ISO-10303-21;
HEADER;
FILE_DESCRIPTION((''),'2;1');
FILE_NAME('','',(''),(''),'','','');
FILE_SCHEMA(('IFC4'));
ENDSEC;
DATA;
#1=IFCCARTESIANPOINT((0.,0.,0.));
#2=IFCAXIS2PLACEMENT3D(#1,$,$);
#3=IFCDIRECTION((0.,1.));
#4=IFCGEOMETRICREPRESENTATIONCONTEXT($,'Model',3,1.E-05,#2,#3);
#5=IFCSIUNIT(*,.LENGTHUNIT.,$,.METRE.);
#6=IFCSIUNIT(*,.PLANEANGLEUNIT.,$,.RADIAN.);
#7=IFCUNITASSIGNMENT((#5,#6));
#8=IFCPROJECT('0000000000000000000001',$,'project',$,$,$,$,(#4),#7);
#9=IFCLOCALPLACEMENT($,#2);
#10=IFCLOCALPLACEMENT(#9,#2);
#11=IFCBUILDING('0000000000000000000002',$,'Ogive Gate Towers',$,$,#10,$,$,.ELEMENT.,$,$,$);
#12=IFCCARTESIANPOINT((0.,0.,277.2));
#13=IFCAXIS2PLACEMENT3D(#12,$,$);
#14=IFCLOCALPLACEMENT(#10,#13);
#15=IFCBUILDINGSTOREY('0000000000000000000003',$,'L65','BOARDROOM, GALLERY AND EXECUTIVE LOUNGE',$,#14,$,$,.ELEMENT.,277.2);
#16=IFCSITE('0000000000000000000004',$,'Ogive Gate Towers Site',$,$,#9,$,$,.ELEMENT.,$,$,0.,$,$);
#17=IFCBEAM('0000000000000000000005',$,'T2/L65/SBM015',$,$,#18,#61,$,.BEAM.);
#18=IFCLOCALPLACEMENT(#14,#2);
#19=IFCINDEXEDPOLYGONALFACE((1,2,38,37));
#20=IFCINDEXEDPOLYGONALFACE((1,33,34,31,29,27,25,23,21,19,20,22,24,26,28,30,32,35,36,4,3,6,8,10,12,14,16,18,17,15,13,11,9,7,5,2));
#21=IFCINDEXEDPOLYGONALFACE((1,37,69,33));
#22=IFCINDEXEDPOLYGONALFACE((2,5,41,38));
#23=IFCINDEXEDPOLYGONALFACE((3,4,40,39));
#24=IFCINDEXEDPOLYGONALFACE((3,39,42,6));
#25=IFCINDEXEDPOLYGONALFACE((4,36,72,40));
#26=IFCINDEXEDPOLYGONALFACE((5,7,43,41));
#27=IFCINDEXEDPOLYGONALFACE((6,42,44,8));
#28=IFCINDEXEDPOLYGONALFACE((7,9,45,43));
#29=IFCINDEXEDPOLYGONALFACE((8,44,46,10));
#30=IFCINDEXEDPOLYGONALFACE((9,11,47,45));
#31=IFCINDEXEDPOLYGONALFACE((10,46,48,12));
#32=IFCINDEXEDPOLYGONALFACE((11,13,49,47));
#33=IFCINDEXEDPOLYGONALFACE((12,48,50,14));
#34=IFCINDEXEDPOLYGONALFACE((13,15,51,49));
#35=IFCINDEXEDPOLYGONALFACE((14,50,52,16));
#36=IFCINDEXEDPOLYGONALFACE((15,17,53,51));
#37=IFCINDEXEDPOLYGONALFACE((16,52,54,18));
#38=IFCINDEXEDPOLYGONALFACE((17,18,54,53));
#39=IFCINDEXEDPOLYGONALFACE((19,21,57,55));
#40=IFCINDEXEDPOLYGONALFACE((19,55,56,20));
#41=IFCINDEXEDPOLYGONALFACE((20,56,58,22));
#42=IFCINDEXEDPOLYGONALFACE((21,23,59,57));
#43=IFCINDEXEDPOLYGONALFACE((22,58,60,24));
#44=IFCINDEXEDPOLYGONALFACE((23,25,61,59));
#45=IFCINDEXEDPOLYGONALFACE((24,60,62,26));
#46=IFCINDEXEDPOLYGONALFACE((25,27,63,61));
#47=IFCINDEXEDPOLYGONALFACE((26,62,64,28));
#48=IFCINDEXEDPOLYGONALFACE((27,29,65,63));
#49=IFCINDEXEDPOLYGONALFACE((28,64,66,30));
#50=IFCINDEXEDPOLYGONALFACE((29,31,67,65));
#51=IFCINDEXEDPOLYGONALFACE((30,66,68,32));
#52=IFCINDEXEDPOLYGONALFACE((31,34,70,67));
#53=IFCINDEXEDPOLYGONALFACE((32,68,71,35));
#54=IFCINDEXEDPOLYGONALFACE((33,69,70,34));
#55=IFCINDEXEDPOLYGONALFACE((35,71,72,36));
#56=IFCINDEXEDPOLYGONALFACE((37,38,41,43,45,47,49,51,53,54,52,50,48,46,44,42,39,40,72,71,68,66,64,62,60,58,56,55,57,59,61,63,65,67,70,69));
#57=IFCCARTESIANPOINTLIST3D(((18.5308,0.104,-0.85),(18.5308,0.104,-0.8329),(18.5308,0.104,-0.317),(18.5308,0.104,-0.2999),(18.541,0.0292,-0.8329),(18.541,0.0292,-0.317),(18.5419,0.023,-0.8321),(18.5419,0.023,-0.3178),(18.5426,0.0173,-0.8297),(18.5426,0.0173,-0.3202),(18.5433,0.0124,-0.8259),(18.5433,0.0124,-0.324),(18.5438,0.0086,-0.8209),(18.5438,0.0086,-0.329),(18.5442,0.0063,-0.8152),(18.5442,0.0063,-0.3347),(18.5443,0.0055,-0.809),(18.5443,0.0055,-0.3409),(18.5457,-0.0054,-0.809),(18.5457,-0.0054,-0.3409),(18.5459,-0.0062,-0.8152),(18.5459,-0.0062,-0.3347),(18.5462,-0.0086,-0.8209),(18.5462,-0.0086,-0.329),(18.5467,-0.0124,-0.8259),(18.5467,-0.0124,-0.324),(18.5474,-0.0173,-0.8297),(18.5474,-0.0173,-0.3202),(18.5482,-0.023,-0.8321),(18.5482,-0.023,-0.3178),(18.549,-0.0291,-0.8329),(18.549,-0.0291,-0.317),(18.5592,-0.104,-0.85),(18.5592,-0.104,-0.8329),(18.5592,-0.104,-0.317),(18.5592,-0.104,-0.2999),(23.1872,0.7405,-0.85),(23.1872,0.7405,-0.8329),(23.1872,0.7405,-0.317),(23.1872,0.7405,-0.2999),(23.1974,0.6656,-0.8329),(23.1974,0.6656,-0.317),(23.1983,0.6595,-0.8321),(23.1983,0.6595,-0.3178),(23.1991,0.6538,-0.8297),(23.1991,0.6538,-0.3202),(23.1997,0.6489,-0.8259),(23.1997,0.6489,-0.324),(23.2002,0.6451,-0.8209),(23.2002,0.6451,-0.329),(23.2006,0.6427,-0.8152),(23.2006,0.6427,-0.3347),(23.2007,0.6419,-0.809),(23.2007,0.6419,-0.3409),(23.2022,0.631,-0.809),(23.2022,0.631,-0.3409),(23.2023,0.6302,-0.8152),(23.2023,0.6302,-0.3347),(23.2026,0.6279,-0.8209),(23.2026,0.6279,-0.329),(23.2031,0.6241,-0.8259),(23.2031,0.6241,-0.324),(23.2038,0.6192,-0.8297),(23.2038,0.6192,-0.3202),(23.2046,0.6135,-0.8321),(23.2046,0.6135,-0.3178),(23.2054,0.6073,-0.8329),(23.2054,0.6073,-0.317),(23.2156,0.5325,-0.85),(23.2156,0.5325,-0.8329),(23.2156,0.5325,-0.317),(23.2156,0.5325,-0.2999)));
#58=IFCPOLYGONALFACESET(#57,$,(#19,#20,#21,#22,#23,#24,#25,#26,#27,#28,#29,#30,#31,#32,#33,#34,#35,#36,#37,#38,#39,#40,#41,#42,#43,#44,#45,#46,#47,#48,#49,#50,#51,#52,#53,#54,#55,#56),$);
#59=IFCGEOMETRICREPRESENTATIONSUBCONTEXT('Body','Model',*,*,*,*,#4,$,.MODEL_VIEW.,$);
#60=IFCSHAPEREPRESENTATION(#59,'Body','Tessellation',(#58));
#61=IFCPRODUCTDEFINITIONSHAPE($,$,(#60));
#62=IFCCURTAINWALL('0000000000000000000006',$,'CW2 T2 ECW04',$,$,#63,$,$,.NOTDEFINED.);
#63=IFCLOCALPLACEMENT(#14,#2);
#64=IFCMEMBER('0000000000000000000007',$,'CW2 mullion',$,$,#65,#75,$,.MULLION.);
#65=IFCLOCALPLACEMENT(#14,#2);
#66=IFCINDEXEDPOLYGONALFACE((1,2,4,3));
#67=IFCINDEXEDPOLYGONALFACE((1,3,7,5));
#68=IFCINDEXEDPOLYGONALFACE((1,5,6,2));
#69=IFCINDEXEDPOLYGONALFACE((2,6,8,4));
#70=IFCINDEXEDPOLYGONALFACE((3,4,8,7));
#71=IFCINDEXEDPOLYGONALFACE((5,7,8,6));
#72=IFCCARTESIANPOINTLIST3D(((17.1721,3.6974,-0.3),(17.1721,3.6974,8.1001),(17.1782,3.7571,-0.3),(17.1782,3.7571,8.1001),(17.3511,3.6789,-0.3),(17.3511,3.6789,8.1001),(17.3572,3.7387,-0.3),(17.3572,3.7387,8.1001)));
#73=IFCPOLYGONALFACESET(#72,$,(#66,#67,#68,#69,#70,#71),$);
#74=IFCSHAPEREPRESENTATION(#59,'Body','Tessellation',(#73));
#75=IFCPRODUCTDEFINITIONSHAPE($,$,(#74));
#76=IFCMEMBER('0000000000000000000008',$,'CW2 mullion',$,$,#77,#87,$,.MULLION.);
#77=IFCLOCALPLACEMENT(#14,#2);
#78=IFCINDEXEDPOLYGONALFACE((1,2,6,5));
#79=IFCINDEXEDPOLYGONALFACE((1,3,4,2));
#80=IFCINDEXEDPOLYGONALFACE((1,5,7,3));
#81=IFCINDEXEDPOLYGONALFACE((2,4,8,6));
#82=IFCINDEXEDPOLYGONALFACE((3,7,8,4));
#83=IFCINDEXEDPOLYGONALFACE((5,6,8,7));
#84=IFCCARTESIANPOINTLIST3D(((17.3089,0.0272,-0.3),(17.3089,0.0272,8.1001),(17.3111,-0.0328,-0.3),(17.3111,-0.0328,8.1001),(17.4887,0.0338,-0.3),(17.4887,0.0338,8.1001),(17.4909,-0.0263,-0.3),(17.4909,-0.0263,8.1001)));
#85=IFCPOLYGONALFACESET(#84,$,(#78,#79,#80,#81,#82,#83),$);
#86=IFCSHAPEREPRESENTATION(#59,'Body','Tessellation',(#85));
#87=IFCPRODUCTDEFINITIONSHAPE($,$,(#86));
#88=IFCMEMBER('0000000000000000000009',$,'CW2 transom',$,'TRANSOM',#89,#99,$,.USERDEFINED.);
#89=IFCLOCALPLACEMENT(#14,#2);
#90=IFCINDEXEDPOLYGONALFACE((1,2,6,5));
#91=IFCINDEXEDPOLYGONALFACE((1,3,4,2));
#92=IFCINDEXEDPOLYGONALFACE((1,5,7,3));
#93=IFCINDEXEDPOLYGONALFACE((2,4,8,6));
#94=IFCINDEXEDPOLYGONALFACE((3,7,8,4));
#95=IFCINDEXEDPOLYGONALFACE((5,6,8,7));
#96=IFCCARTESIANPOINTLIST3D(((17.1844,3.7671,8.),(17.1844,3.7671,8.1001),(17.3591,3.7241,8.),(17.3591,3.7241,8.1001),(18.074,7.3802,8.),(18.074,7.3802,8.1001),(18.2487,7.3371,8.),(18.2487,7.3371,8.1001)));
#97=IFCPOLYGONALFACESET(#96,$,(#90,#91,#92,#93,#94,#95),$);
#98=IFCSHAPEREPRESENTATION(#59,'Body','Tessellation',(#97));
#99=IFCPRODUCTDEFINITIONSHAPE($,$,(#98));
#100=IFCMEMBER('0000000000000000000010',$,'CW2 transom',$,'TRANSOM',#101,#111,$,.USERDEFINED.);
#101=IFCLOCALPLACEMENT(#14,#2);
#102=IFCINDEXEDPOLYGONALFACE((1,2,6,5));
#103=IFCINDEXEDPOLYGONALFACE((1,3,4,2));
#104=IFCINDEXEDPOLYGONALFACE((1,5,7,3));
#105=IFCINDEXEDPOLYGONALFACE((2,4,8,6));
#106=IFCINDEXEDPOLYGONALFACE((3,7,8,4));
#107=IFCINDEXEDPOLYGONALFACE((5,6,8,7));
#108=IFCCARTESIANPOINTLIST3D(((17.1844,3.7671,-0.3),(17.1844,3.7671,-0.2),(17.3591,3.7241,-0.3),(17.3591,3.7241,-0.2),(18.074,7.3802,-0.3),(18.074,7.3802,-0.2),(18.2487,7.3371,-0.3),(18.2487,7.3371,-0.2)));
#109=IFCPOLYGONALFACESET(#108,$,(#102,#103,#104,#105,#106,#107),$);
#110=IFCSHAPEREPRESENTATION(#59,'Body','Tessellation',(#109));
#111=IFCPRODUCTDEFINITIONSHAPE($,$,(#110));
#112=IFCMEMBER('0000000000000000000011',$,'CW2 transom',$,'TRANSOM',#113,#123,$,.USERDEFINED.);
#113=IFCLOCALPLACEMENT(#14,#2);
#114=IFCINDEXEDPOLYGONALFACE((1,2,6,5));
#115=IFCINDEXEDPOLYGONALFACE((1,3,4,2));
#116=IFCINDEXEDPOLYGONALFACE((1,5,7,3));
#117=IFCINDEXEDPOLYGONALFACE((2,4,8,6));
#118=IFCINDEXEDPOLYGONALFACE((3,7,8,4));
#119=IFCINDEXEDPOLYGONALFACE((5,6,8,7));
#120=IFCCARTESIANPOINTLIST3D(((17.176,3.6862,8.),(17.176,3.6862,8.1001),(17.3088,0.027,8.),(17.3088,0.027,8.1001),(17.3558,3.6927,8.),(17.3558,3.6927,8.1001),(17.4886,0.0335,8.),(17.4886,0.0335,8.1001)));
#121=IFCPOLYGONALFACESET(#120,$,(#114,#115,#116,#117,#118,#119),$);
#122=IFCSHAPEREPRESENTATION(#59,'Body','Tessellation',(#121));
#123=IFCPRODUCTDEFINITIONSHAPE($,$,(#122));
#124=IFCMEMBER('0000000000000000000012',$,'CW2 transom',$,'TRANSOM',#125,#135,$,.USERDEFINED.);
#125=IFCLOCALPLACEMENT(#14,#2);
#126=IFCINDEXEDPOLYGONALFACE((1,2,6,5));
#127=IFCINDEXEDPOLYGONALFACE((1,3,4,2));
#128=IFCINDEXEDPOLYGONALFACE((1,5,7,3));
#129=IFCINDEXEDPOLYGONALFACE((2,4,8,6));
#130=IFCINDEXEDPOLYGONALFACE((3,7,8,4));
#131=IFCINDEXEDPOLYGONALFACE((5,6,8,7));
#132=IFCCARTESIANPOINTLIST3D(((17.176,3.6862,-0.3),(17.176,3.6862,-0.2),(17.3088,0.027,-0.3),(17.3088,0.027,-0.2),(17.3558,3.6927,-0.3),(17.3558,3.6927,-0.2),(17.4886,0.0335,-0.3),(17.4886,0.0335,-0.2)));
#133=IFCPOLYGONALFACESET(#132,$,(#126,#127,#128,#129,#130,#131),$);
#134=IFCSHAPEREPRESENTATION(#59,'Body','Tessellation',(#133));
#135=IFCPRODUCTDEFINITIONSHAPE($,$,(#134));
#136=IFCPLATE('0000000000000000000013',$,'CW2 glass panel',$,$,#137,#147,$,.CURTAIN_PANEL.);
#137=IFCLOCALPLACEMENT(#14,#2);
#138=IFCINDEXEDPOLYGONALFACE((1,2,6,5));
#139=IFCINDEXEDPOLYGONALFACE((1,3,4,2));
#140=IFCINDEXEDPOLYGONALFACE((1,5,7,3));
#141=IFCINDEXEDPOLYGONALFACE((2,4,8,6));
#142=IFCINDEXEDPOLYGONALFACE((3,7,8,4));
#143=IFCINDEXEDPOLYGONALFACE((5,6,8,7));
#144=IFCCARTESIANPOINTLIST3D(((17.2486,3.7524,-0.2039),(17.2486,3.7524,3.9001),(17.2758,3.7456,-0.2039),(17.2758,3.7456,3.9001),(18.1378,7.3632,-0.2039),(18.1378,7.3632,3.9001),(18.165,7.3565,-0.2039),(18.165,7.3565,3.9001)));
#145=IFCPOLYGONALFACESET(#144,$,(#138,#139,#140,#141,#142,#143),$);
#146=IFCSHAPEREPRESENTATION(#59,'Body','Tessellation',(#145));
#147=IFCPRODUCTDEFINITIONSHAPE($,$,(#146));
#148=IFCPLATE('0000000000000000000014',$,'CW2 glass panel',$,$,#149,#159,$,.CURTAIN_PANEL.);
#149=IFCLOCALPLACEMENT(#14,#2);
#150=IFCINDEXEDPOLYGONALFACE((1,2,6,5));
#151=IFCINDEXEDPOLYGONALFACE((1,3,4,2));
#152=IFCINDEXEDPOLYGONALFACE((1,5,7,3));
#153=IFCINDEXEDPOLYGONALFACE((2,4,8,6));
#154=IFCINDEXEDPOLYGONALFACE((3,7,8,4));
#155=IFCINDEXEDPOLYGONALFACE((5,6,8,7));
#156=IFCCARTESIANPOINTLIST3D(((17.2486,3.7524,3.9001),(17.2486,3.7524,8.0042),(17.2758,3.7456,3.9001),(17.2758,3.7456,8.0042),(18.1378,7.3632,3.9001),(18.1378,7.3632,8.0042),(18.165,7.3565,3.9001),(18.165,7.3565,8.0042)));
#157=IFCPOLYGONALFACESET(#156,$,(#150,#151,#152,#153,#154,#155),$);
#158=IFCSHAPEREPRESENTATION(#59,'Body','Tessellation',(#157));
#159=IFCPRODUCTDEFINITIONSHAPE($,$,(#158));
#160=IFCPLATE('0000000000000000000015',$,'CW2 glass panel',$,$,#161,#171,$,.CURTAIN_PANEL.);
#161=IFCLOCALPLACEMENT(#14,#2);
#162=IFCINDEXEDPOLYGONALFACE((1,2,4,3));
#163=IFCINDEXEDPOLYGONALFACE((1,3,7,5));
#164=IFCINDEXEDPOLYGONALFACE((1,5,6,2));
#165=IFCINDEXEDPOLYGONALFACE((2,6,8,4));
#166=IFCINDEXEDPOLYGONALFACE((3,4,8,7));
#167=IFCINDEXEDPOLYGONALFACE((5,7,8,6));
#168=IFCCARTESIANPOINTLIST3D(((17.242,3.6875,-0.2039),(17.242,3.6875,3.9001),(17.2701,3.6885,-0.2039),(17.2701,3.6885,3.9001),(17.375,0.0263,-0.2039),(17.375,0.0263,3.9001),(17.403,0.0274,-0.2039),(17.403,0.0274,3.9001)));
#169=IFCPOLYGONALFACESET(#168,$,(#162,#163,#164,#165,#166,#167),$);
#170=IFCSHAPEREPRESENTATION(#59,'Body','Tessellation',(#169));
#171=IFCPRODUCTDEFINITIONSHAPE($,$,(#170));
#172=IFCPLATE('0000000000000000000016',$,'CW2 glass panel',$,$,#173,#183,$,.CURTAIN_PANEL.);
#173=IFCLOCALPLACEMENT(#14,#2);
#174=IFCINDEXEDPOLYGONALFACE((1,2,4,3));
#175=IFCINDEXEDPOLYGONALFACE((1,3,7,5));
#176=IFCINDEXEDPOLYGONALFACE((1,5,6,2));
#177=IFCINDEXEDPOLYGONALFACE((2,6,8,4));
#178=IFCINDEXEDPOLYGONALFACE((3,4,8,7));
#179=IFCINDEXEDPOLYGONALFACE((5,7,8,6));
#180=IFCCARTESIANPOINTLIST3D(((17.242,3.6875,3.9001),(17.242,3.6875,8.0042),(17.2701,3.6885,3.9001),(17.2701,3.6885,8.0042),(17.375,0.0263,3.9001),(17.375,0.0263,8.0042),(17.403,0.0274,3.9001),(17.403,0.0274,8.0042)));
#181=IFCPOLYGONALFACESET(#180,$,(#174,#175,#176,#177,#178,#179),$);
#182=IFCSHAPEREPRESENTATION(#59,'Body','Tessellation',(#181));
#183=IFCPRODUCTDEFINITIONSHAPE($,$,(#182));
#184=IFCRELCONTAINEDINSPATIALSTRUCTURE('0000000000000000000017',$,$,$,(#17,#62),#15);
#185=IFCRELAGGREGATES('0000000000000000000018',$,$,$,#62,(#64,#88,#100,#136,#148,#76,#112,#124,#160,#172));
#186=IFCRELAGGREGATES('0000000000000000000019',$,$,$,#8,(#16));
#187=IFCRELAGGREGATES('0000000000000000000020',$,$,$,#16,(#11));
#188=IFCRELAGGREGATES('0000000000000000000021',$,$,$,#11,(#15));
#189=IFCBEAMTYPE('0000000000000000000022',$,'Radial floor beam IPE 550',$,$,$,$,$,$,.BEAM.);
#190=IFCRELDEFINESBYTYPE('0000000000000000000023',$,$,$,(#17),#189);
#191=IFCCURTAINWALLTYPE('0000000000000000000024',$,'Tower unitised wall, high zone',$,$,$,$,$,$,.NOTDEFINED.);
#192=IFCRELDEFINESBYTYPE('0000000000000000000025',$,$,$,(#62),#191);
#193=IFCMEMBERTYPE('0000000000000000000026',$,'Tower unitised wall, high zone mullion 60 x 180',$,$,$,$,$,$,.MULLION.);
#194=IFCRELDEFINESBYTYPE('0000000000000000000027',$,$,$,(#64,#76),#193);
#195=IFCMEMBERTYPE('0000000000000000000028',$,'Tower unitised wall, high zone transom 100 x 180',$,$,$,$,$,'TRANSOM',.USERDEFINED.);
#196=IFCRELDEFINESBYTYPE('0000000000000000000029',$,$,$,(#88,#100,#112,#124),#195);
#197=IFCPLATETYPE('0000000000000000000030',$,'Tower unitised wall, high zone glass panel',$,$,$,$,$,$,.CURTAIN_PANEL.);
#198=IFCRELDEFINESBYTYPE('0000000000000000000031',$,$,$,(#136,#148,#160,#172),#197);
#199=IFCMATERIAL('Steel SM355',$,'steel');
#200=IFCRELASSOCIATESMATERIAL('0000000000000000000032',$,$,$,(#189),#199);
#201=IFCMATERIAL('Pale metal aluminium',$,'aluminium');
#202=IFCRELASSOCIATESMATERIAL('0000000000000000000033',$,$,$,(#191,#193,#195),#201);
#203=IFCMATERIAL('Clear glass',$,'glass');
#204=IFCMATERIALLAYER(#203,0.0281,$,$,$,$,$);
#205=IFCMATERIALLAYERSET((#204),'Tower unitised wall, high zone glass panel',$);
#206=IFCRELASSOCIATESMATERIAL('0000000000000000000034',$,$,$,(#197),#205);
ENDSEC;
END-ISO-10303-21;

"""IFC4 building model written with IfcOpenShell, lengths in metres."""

from ifc_helpers import new_model, si_unit, direction, frame, origin, origin_2d, place, context, subcontext, project, spatial, rectangle, i_section, extrude, material, layer, layer_set, material_profile, profile_set, type_object, element, aggregate, save


model = new_model("IFC4")

# Units and contexts
model_context = context("Model", 3, precision=1e-05, world=origin(), true_north=direction((0.0, 1.0)))
body_context = subcontext(model_context, "Body", "Model", "MODEL_VIEW")
ifc_project = project(units=[si_unit("LENGTHUNIT", "METRE"), si_unit("PLANEANGLEUNIT", "RADIAN")], contexts=[model_context])

# Site, building, storey
site_placement = place(None, origin())
site = spatial("IfcSite", under=ifc_project, at=site_placement, Name="Ogive Gate Towers Site", CompositionType="ELEMENT", RefElevation=0.0)
building_placement = place(site_placement, origin())
building = spatial("IfcBuilding", under=site, at=building_placement, Name="Ogive Gate Towers", CompositionType="ELEMENT")
storey_placement = place(building_placement, frame((0.0, 0.0, 277.2)))
storey = spatial("IfcBuildingStorey", under=building, at=storey_placement, Name="L65", Description="BOARDROOM, GALLERY AND EXECUTIVE LOUNGE", CompositionType="ELEMENT", Elevation=277.2)

# Beam
ifc_material_1 = material(Name="Steel SM355", Category="steel")
ifc_material_profile_1 = material_profile(ifc_material_1, i_section(OverallWidth=0.21, OverallDepth=0.55, WebThickness=0.011, FlangeThickness=0.0171, FilletRadius=0.0239, at=origin_2d()), Name="IPE 550")
ifc_profile_set_1 = profile_set([ifc_material_profile_1], Name="Steel SM355")
beam_type = type_object("IfcBeamType", Name="Radial floor beam IPE 550", PredefinedType="BEAM", material=ifc_profile_set_1)
beam_placement = place(storey_placement, frame((23.2014, 0.6365, -0.575), z_axis=(-0.990787, -0.135426, 0.0), x_axis=(0.135426, -0.990787, 0.0)))
element("IfcBeam", 1, at=beam_placement, inside=storey, type_object=beam_type, Name="T2/L65/SBM015", PredefinedType="BEAM", context=body_context, shape_type="SweptSolid", body=[
    extrude(i_section(OverallWidth=0.21, OverallDepth=0.55, WebThickness=0.011, FlangeThickness=0.0171, FilletRadius=0.0239, at=origin_2d()), origin(), (0.0, 0.0, 1.0), 4.6997),
])

# Curtain wall, members, plates
ifc_material_2 = material(Name="Pale metal aluminium", Category="aluminium")
curtain_wall_type = type_object("IfcCurtainWallType", Name="Tower unitised wall, high zone", PredefinedType="NOTDEFINED", material=ifc_material_2)
curtain_wall_placement = place(storey_placement, origin())
curtain_wall = element("IfcCurtainWall", 2, at=curtain_wall_placement, inside=storey, type_object=curtain_wall_type, Name="CW2 T2 ECW04", PredefinedType="NOTDEFINED")
ifc_material_profile_2 = material_profile(ifc_material_2, rectangle(XDim=0.1799, YDim=0.0601, at=origin_2d()), Name="60 x 180 aluminium box")
ifc_profile_set_2 = profile_set([ifc_material_profile_2], Name="Pale metal aluminium")
member_type_1 = type_object("IfcMemberType", Name="Tower unitised wall, high zone mullion 60 x 180", PredefinedType="MULLION", material=ifc_profile_set_2)
member_1_placement = place(storey_placement, frame((17.2646, 3.718, -0.3), z_axis=(0.0, 0.0, 1.0), x_axis=(-0.994744, 0.102393, 0.0)))
member_1 = element("IfcMember", 3, at=member_1_placement, type_object=member_type_1, Name="CW2 mullion", PredefinedType="MULLION", context=body_context, shape_type="SweptSolid", body=[
    extrude(rectangle(XDim=0.1799, YDim=0.0601, at=origin_2d()), origin(), (0.0, 0.0, 1.0), 8.4001),
])
member_2_placement = place(storey_placement, frame((17.3999, 0.0005, -0.3), z_axis=(0.0, 0.0, 1.0), x_axis=(-0.999341, -0.036295, 0.0)))
member_2 = element("IfcMember", 4, at=member_2_placement, type_object=member_type_1, Name="CW2 mullion", PredefinedType="MULLION", context=body_context, shape_type="SweptSolid", body=[
    extrude(rectangle(XDim=0.1799, YDim=0.0601, at=origin_2d()), origin(), (0.0, 0.0, 1.0), 8.4001),
])
ifc_material_profile_3 = material_profile(ifc_material_2, rectangle(XDim=0.1799, YDim=0.1001, at=origin_2d()), Name="100 x 180 aluminium box")
ifc_profile_set_3 = profile_set([ifc_material_profile_3], Name="Pale metal aluminium")
member_type_2 = type_object("IfcMemberType", Name="Tower unitised wall, high zone transom 100 x 180", ElementType="TRANSOM", PredefinedType="USERDEFINED", material=ifc_profile_set_3)
member_3_placement = place(storey_placement, frame((18.1614, 7.3586, 8.05), z_axis=(-0.239091, -0.970997, 0.0), x_axis=(0.970997, -0.239091, 0.0)))
member_3 = element("IfcMember", 5, at=member_3_placement, type_object=member_type_2, Name="CW2 transom", ObjectType="TRANSOM", PredefinedType="USERDEFINED", context=body_context, shape_type="SweptSolid", body=[
    extrude(rectangle(XDim=0.1799, YDim=0.1001, at=origin_2d()), origin(), (0.0, 0.0, 1.0), 3.7209),
])
member_4_placement = place(storey_placement, frame((18.1614, 7.3586, -0.25), z_axis=(-0.239091, -0.970997, 0.0), x_axis=(0.970997, -0.239091, 0.0)))
member_4 = element("IfcMember", 6, at=member_4_placement, type_object=member_type_2, Name="CW2 transom", ObjectType="TRANSOM", PredefinedType="USERDEFINED", context=body_context, shape_type="SweptSolid", body=[
    extrude(rectangle(XDim=0.1799, YDim=0.1001, at=origin_2d()), origin(), (0.0, 0.0, 1.0), 3.7209),
])
member_5_placement = place(storey_placement, frame((17.2659, 3.6895, 8.05), z_axis=(0.036272, -0.999342, 0.0), x_axis=(0.999342, 0.036272, 0.0)))
member_5 = element("IfcMember", 7, at=member_5_placement, type_object=member_type_2, Name="CW2 transom", ObjectType="TRANSOM", PredefinedType="USERDEFINED", context=body_context, shape_type="SweptSolid", body=[
    extrude(rectangle(XDim=0.1799, YDim=0.1001, at=origin_2d()), origin(), (0.0, 0.0, 1.0), 3.6616),
])
member_6_placement = place(storey_placement, frame((17.2659, 3.6895, -0.25), z_axis=(0.036272, -0.999342, 0.0), x_axis=(0.999342, 0.036272, 0.0)))
member_6 = element("IfcMember", 8, at=member_6_placement, type_object=member_type_2, Name="CW2 transom", ObjectType="TRANSOM", PredefinedType="USERDEFINED", context=body_context, shape_type="SweptSolid", body=[
    extrude(rectangle(XDim=0.1799, YDim=0.1001, at=origin_2d()), origin(), (0.0, 0.0, 1.0), 3.6616),
])
ifc_material_3 = material(Name="Clear glass", Category="glass")
ifc_layer_1 = layer(ifc_material_3, 0.0281)
ifc_layer_set_1 = layer_set([ifc_layer_1], Name="Tower unitised wall, high zone glass panel")
plate_type = type_object("IfcPlateType", Name="Tower unitised wall, high zone glass panel", PredefinedType="CURTAIN_PANEL", material=ifc_layer_set_1)
plate_1_placement = place(storey_placement, frame((17.7068, 5.5544, -0.2039), z_axis=(0.0, 0.0, 1.0), x_axis=(-0.23911, -0.970993, 0.0)))
plate_1 = element("IfcPlate", 9, at=plate_1_placement, type_object=plate_type, Name="CW2 glass panel", PredefinedType="CURTAIN_PANEL", context=body_context, shape_type="SweptSolid", body=[
    extrude(rectangle(XDim=3.7188, YDim=0.0281, at=origin_2d()), origin(), (0.0, 0.0, 1.0), 4.104),
])
plate_2_placement = place(storey_placement, frame((17.7068, 5.5544, 3.9001), z_axis=(0.0, 0.0, 1.0), x_axis=(-0.23911, -0.970993, 0.0)))
plate_2 = element("IfcPlate", 10, at=plate_2_placement, type_object=plate_type, Name="CW2 glass panel", PredefinedType="CURTAIN_PANEL", context=body_context, shape_type="SweptSolid", body=[
    extrude(rectangle(XDim=3.7188, YDim=0.0281, at=origin_2d()), origin(), (0.0, 0.0, 1.0), 4.104),
])
plate_3_placement = place(storey_placement, frame((17.3225, 1.8574, -0.2039), z_axis=(0.0, 0.0, 1.0), x_axis=(0.036295, -0.999341, 0.0)))
plate_3 = element("IfcPlate", 11, at=plate_3_placement, type_object=plate_type, Name="CW2 glass panel", PredefinedType="CURTAIN_PANEL", context=body_context, shape_type="SweptSolid", body=[
    extrude(rectangle(XDim=3.6636, YDim=0.0281, at=origin_2d()), origin(), (0.0, 0.0, 1.0), 4.104),
])
plate_4_placement = place(storey_placement, frame((17.3225, 1.8574, 3.9001), z_axis=(0.0, 0.0, 1.0), x_axis=(0.036295, -0.999341, 0.0)))
plate_4 = element("IfcPlate", 12, at=plate_4_placement, type_object=plate_type, Name="CW2 glass panel", PredefinedType="CURTAIN_PANEL", context=body_context, shape_type="SweptSolid", body=[
    extrude(rectangle(XDim=3.6636, YDim=0.0281, at=origin_2d()), origin(), (0.0, 0.0, 1.0), 4.104),
])
aggregate(curtain_wall, [member_1, member_3, member_4, plate_1, plate_2, member_2, member_5, member_6, plate_3, plate_4])

save(model, "model.ifc")
